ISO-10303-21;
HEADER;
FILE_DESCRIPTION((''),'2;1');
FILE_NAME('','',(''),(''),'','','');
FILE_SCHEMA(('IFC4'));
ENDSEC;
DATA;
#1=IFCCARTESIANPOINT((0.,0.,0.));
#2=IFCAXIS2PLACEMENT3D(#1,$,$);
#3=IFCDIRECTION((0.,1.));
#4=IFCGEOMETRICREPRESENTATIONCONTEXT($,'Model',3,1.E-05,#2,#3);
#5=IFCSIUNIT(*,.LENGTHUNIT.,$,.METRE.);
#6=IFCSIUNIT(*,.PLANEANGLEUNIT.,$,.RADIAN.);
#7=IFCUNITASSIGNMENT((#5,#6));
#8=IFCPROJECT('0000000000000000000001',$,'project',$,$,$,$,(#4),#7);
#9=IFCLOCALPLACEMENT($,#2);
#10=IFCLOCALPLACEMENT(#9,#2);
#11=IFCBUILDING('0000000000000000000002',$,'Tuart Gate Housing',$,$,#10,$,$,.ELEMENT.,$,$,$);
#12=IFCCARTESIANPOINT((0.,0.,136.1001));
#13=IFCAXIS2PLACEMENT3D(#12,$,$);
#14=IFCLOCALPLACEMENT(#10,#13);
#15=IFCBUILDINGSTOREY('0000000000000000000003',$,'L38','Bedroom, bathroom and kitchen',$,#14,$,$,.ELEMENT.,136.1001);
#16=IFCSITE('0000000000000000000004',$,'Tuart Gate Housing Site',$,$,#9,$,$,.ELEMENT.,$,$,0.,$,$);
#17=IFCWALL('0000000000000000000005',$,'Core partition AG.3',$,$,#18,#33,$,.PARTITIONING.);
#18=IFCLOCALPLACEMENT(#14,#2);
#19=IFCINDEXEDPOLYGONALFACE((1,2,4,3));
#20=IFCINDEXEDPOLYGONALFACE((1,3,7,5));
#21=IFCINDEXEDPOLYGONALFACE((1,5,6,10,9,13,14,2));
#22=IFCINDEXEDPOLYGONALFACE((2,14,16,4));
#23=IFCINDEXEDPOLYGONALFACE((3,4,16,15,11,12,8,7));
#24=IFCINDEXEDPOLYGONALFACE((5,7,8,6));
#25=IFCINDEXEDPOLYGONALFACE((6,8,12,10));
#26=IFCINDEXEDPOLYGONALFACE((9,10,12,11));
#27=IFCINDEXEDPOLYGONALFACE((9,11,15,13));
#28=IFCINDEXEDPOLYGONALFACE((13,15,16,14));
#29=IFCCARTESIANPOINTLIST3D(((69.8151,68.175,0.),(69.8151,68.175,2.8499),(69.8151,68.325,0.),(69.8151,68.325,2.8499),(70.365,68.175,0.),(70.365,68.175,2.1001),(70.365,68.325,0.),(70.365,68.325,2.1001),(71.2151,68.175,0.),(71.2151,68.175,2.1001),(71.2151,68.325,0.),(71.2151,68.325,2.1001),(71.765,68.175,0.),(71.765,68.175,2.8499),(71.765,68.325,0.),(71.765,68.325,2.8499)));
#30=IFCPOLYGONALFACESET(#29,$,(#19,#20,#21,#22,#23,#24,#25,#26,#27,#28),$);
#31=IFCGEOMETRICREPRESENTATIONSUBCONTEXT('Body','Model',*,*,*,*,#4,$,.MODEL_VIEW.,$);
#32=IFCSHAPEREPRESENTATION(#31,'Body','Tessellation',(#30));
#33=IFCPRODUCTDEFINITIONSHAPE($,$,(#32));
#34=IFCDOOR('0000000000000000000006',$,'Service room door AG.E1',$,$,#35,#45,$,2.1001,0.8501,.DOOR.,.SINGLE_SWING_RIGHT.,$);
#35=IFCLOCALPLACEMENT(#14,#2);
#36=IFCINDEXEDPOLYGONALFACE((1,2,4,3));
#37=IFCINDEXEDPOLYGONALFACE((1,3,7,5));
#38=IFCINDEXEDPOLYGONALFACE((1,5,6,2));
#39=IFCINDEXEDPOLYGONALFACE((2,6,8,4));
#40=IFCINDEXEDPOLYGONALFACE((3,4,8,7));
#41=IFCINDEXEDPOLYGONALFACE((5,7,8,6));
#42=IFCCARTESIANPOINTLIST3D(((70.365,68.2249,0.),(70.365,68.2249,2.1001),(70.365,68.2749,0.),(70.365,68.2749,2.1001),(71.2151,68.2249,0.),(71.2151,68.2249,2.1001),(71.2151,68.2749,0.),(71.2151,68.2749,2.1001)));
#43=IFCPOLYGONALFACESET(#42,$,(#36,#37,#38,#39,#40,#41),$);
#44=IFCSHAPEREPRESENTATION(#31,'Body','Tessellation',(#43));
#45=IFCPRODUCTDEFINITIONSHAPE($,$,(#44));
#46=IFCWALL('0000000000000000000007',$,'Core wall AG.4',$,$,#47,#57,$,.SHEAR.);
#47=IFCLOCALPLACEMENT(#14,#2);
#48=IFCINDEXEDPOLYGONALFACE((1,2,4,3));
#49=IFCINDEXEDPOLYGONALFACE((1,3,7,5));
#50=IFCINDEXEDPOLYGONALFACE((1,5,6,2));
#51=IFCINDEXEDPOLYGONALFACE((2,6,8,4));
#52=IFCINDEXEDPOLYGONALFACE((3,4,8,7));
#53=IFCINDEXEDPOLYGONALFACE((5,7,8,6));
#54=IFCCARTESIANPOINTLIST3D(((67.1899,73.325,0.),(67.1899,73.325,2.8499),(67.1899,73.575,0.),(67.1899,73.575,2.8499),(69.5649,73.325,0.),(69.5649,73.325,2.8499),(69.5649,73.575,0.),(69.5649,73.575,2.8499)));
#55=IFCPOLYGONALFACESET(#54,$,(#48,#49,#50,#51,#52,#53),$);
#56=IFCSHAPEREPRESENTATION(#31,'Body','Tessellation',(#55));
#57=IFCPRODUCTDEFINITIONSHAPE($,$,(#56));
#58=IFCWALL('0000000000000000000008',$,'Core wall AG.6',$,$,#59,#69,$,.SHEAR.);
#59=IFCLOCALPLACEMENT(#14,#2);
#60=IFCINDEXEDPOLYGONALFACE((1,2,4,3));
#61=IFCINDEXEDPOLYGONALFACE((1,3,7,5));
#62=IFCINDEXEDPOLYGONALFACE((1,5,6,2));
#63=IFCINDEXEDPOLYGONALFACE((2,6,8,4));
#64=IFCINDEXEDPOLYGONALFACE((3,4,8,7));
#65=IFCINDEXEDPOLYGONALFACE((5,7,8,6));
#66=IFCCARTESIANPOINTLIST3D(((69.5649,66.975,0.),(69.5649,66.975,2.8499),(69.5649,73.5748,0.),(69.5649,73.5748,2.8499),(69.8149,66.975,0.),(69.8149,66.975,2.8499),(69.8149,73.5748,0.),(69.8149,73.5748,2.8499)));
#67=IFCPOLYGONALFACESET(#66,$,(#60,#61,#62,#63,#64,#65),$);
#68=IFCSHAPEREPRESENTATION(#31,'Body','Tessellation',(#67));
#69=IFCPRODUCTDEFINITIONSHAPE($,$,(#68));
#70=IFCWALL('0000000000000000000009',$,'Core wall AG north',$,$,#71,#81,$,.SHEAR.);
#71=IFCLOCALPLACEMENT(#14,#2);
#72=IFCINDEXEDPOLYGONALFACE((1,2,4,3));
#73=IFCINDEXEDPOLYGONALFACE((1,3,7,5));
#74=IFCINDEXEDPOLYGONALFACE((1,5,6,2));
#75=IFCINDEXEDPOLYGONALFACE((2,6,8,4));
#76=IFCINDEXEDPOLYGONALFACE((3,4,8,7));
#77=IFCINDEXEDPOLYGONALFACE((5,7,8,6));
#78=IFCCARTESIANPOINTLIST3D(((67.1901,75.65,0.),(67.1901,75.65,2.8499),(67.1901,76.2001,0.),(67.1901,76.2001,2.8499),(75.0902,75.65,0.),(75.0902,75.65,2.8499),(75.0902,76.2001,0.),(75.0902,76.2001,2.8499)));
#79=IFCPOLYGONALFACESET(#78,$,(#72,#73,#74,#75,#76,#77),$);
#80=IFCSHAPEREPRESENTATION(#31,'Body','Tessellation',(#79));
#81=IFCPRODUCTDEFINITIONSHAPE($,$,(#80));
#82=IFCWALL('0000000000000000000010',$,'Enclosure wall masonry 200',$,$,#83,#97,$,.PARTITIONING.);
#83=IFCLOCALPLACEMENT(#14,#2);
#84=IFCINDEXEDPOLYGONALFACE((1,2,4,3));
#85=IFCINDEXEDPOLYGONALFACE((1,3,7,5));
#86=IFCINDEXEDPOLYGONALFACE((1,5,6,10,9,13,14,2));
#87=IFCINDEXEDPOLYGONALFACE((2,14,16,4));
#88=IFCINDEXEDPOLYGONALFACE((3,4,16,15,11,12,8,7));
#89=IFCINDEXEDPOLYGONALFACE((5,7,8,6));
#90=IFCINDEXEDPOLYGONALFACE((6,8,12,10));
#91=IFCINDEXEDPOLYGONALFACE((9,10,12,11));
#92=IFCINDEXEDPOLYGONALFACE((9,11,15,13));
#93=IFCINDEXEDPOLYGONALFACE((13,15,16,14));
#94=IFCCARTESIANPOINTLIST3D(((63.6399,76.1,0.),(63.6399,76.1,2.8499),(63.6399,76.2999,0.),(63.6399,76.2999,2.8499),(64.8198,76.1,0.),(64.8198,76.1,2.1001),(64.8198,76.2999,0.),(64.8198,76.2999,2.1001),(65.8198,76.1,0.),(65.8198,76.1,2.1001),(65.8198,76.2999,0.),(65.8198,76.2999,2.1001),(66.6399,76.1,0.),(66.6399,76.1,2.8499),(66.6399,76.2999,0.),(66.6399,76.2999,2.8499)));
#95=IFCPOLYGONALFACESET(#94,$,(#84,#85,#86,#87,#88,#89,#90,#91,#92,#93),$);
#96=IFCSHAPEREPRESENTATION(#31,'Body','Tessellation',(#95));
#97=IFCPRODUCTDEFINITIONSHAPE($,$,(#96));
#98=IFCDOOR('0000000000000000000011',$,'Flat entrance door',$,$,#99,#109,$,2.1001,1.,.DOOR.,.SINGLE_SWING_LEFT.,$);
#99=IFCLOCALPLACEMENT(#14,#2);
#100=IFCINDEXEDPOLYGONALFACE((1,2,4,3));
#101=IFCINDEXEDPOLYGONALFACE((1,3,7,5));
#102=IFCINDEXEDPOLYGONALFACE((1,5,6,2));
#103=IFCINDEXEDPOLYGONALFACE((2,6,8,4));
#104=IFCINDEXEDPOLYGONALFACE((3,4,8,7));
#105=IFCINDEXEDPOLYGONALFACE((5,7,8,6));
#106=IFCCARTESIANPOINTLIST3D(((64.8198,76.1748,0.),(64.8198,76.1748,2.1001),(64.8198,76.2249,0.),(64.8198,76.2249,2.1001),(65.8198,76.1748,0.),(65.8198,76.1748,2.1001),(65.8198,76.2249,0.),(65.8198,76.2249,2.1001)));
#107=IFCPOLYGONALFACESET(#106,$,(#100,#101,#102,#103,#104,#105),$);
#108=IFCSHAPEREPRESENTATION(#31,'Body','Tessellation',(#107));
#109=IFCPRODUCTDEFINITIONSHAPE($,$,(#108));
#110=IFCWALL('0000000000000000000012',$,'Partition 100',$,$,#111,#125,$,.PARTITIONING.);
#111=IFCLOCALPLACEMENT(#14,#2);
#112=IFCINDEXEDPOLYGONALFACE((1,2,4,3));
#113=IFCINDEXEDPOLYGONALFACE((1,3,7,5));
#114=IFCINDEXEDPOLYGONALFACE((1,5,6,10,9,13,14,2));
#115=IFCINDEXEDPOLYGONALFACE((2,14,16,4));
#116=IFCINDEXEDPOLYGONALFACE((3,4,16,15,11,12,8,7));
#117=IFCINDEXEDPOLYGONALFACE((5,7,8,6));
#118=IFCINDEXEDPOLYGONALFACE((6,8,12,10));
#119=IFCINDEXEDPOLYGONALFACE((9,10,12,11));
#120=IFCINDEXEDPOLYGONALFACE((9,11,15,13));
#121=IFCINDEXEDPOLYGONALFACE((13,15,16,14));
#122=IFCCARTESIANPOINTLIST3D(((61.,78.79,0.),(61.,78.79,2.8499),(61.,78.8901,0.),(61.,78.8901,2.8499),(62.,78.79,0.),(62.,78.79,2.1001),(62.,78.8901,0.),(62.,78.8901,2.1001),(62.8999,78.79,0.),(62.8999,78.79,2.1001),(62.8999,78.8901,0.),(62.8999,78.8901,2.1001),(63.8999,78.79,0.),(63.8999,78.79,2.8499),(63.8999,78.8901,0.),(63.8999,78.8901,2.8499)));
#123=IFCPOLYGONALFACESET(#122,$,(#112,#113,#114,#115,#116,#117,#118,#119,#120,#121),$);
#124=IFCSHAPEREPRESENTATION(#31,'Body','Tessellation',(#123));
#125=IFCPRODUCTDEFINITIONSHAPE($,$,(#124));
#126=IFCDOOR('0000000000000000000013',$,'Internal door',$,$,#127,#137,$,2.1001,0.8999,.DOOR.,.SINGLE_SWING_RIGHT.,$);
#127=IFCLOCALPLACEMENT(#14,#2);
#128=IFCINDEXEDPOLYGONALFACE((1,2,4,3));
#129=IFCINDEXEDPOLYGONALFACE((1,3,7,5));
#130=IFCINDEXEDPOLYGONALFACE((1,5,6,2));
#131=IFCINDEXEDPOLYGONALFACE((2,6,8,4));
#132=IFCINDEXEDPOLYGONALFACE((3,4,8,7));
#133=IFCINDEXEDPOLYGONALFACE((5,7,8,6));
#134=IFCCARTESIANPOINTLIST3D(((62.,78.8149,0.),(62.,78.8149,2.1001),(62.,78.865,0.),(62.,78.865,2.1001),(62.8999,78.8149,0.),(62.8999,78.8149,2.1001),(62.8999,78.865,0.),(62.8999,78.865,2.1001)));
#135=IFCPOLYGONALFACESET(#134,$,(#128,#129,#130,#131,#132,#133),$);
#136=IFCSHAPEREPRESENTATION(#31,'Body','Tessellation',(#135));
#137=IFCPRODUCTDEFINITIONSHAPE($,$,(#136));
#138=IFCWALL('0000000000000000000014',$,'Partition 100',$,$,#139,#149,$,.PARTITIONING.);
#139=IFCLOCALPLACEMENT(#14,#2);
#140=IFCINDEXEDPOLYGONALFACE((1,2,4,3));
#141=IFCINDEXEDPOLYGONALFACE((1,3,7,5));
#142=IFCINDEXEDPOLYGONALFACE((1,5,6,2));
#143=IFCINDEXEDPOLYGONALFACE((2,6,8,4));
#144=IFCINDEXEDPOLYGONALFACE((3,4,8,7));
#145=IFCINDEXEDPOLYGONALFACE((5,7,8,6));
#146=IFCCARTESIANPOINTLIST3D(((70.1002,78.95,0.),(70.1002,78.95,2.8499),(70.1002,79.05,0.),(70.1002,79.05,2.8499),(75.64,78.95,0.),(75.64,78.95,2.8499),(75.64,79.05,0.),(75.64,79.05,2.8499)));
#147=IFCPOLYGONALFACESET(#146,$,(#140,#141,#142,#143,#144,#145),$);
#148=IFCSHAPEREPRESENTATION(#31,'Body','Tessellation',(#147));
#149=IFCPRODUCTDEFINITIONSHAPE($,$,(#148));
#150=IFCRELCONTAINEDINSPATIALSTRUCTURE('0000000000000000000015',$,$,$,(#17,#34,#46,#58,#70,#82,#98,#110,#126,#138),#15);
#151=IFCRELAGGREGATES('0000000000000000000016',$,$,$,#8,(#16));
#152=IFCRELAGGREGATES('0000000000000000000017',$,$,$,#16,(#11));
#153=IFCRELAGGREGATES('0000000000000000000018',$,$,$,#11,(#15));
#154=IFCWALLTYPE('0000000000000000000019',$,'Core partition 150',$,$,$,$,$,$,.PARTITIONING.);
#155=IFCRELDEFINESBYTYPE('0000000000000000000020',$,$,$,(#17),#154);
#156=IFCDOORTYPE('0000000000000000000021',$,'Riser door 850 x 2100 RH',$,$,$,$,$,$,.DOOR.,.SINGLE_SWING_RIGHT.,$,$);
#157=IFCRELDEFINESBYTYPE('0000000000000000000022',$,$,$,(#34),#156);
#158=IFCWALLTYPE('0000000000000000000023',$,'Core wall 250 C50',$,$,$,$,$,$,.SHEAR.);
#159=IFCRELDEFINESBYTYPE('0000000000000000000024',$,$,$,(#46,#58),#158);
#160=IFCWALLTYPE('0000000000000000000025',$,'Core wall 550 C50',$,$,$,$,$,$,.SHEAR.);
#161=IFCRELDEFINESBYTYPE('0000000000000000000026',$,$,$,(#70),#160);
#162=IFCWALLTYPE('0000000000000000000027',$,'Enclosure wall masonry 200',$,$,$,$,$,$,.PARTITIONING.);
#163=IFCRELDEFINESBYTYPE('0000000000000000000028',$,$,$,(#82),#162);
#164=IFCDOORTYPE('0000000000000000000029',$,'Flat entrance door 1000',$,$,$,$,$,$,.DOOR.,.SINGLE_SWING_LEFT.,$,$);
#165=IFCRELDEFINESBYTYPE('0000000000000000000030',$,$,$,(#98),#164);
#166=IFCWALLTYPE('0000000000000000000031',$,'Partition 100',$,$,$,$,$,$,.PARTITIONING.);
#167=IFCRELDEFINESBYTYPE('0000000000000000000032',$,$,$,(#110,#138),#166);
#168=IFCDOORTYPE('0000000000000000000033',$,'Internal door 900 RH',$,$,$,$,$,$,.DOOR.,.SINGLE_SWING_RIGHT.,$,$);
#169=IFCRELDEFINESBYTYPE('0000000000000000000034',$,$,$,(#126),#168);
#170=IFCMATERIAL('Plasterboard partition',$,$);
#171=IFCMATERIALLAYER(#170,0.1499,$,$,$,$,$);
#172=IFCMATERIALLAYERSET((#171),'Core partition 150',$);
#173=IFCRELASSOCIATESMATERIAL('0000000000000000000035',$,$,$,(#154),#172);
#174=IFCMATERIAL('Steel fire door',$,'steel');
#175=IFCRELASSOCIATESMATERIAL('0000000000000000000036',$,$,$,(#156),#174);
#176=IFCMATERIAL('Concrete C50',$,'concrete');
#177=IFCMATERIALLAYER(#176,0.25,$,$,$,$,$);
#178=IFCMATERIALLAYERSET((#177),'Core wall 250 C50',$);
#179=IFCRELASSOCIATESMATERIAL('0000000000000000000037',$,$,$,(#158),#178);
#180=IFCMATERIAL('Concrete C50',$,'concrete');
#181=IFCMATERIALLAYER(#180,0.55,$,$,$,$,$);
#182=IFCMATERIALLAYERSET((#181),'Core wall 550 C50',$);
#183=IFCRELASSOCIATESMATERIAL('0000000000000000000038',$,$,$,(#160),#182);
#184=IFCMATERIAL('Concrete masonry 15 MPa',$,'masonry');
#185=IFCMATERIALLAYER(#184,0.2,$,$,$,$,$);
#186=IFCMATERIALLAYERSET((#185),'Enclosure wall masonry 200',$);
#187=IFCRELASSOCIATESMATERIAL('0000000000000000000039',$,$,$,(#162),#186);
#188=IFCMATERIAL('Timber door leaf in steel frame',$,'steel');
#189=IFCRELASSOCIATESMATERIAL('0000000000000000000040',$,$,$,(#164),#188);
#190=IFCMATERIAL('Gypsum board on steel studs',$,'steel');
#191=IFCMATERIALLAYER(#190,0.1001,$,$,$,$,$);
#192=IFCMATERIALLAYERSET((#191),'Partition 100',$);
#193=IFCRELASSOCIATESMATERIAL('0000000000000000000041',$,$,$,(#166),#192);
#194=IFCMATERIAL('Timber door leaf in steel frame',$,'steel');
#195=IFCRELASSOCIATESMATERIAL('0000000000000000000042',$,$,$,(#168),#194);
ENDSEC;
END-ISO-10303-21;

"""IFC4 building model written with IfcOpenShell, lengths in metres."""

from ifc_helpers import new_model, si_unit, direction, frame, frame_2d, origin, place, context, subcontext, project, spatial, rectangle, extrude, material, layer, layer_set, type_object, element, fill, save


model = new_model("IFC4")

# Units and contexts
model_context = context("Model", 3, precision=1e-05, world=origin(), true_north=direction((0.0, 1.0)))
body_context = subcontext(model_context, "Body", "Model", "MODEL_VIEW")
ifc_project = project(units=[si_unit("LENGTHUNIT", "METRE"), si_unit("PLANEANGLEUNIT", "RADIAN")], contexts=[model_context])

# Site, building, storey
site_placement = place(None, origin())
site = spatial("IfcSite", under=ifc_project, at=site_placement, Name="Tuart Gate Housing Site", CompositionType="ELEMENT", RefElevation=0.0)
building_placement = place(site_placement, origin())
building = spatial("IfcBuilding", under=site, at=building_placement, Name="Tuart Gate Housing", CompositionType="ELEMENT")
storey_placement = place(building_placement, frame((0.0, 0.0, 136.1001)))
storey = spatial("IfcBuildingStorey", under=building, at=storey_placement, Name="L38", Description="Bedroom, bathroom and kitchen", CompositionType="ELEMENT", Elevation=136.1001)

# Wall, opening, door
ifc_material_1 = material(Name="Plasterboard partition")
ifc_layer_1 = layer(ifc_material_1, 0.1499)
ifc_layer_set_1 = layer_set([ifc_layer_1], Name="Core partition 150")
wall_type_1 = type_object("IfcWallType", Name="Core partition 150", PredefinedType="PARTITIONING", material=ifc_layer_set_1)
wall_1_placement = place(storey_placement, frame((69.8149, 68.25, 0.0), z_axis=(0.0, 0.0, 1.0), x_axis=(1.0, 0.0, 0.0)))
wall_1 = element("IfcWall", 1, at=wall_1_placement, inside=storey, type_object=wall_type_1, Name="Core partition AG.3", PredefinedType="PARTITIONING", context=body_context, shape_type="SweptSolid", body=[
    extrude(rectangle(XDim=1.95, YDim=0.1499, at=frame_2d((0.9751, 0.0))), origin(), (0.0, 0.0, 1.0), 2.8499),
])
opening_1_placement = place(wall_1_placement, frame((0.55, 0.0, 0.0)))
opening_1 = element("IfcOpeningElement", 2, at=opening_1_placement, cuts=wall_1, PredefinedType="OPENING", context=body_context, shape_type="SweptSolid", body=[
    extrude(rectangle(XDim=0.8501, YDim=2.1001, at=frame_2d((0.425, 1.05))), frame((0.0, 0.085, 0.0), z_axis=(0.0, -1.0, 0.0), x_axis=(1.0, 0.0, 0.0)), (0.0, 0.0, 1.0), 0.1699),
])
ifc_material_2 = material(Name="Steel fire door", Category="steel")
door_type_1 = type_object("IfcDoorType", Name="Riser door 850 x 2100 RH", OperationType="SINGLE_SWING_RIGHT", PredefinedType="DOOR", material=ifc_material_2)
door_1_placement = place(opening_1_placement, frame((0.8501, 0.0, 0.0), z_axis=(0.0, 0.0, 1.0), x_axis=(-1.0, 0.0, 0.0)))
door_1 = element("IfcDoor", 3, at=door_1_placement, inside=storey, type_object=door_type_1, Name="Service room door AG.E1", OperationType="SINGLE_SWING_RIGHT", OverallHeight=2.1001, OverallWidth=0.8501, PredefinedType="DOOR", context=body_context, shape_type="SweptSolid", body=[
    extrude(rectangle(XDim=0.8501, YDim=2.1001, at=frame_2d((0.425, 1.05))), frame((0.0, 0.0251, 0.0), z_axis=(0.0, -1.0, 0.0), x_axis=(1.0, 0.0, 0.0)), (0.0, 0.0, 1.0), 0.05),
])
fill(opening_1, door_1)

# Walls
ifc_material_3 = material(Name="Concrete C50", Category="concrete")
ifc_layer_2 = layer(ifc_material_3, 0.25)
ifc_layer_set_2 = layer_set([ifc_layer_2], Name="Core wall 250 C50")
wall_type_2 = type_object("IfcWallType", Name="Core wall 250 C50", PredefinedType="SHEAR", material=ifc_layer_set_2)
wall_2_placement = place(storey_placement, frame((67.1899, 73.45, 0.0), z_axis=(0.0, 0.0, 1.0), x_axis=(1.0, 0.0, 0.0)))
element("IfcWall", 4, at=wall_2_placement, inside=storey, type_object=wall_type_2, Name="Core wall AG.4", PredefinedType="SHEAR", context=body_context, shape_type="SweptSolid", body=[
    extrude(rectangle(XDim=2.375, YDim=0.25, at=frame_2d((1.1875, 0.0))), origin(), (0.0, 0.0, 1.0), 2.8499),
])
wall_3_placement = place(storey_placement, frame((69.6899, 66.9751, 0.0), z_axis=(0.0, 0.0, 1.0), x_axis=(0.0, 1.0, 0.0)))
element("IfcWall", 5, at=wall_3_placement, inside=storey, type_object=wall_type_2, Name="Core wall AG.6", PredefinedType="SHEAR", context=body_context, shape_type="SweptSolid", body=[
    extrude(rectangle(XDim=6.5999, YDim=0.25, at=frame_2d((3.2998, 0.0))), origin(), (0.0, 0.0, 1.0), 2.8499),
])
ifc_material_4 = material(Name="Concrete C50", Category="concrete")
ifc_layer_3 = layer(ifc_material_4, 0.55)
ifc_layer_set_3 = layer_set([ifc_layer_3], Name="Core wall 550 C50")
wall_type_3 = type_object("IfcWallType", Name="Core wall 550 C50", PredefinedType="SHEAR", material=ifc_layer_set_3)
wall_4_placement = place(storey_placement, frame((67.1899, 75.925, 0.0), z_axis=(0.0, 0.0, 1.0), x_axis=(1.0, 0.0, 0.0)))
element("IfcWall", 6, at=wall_4_placement, inside=storey, type_object=wall_type_3, Name="Core wall AG north", PredefinedType="SHEAR", context=body_context, shape_type="SweptSolid", body=[
    extrude(rectangle(XDim=7.9001, YDim=0.55, at=frame_2d((3.9502, 0.0))), origin(), (0.0, 0.0, 1.0), 2.8499),
])

# Walls, openings, doors
ifc_material_5 = material(Name="Concrete masonry 15 MPa", Category="masonry")
ifc_layer_4 = layer(ifc_material_5, 0.2)
ifc_layer_set_4 = layer_set([ifc_layer_4], Name="Enclosure wall masonry 200")
wall_type_4 = type_object("IfcWallType", Name="Enclosure wall masonry 200", PredefinedType="PARTITIONING", material=ifc_layer_set_4)
wall_5_placement = place(storey_placement, frame((63.6399, 76.2, 0.0), z_axis=(0.0, 0.0, 1.0), x_axis=(1.0, 0.0, 0.0)))
wall_5 = element("IfcWall", 7, at=wall_5_placement, inside=storey, type_object=wall_type_4, Name="Enclosure wall masonry 200", PredefinedType="PARTITIONING", context=body_context, shape_type="SweptSolid", body=[
    extrude(rectangle(XDim=3.0, YDim=0.2, at=frame_2d((1.5, 0.0))), origin(), (0.0, 0.0, 1.0), 2.8499),
])
opening_2_placement = place(wall_5_placement, frame((1.1799, 0.0, 0.0)))
opening_2 = element("IfcOpeningElement", 8, at=opening_2_placement, cuts=wall_5, PredefinedType="OPENING", context=body_context, shape_type="SweptSolid", body=[
    extrude(rectangle(XDim=1.0, YDim=2.1001, at=frame_2d((0.5, 1.05))), frame((0.0, 0.1099, 0.0), z_axis=(0.0, -1.0, 0.0), x_axis=(1.0, 0.0, 0.0)), (0.0, 0.0, 1.0), 0.22),
])
ifc_material_6 = material(Name="Timber door leaf in steel frame", Category="steel")
door_type_2 = type_object("IfcDoorType", Name="Flat entrance door 1000", OperationType="SINGLE_SWING_LEFT", PredefinedType="DOOR", material=ifc_material_6)
door_2_placement = place(opening_2_placement, origin())
door_2 = element("IfcDoor", 9, at=door_2_placement, inside=storey, type_object=door_type_2, Name="Flat entrance door", OperationType="SINGLE_SWING_LEFT", OverallHeight=2.1001, OverallWidth=1.0, PredefinedType="DOOR", context=body_context, shape_type="SweptSolid", body=[
    extrude(rectangle(XDim=1.0, YDim=2.1001, at=frame_2d((0.5, 1.05))), frame((0.0, 0.0249, 0.0), z_axis=(0.0, -1.0, 0.0), x_axis=(1.0, 0.0, 0.0)), (0.0, 0.0, 1.0), 0.05),
])
fill(opening_2, door_2)
ifc_material_7 = material(Name="Gypsum board on steel studs", Category="steel")
ifc_layer_5 = layer(ifc_material_7, 0.1001)
ifc_layer_set_5 = layer_set([ifc_layer_5], Name="Partition 100")
wall_type_5 = type_object("IfcWallType", Name="Partition 100", PredefinedType="PARTITIONING", material=ifc_layer_set_5)
wall_6_placement = place(storey_placement, frame((61.0, 78.8401, 0.0), z_axis=(0.0, 0.0, 1.0), x_axis=(1.0, 0.0, 0.0)))
wall_6 = element("IfcWall", 10, at=wall_6_placement, inside=storey, type_object=wall_type_5, Name="Partition 100", PredefinedType="PARTITIONING", context=body_context, shape_type="SweptSolid", body=[
    extrude(rectangle(XDim=2.8999, YDim=0.1001, at=frame_2d((1.45, 0.0))), origin(), (0.0, 0.0, 1.0), 2.8499),
])
opening_3_placement = place(wall_6_placement, frame((1.0, 0.0, 0.0)))
opening_3 = element("IfcOpeningElement", 11, at=opening_3_placement, cuts=wall_6, PredefinedType="OPENING", context=body_context, shape_type="SweptSolid", body=[
    extrude(rectangle(XDim=0.8999, YDim=2.1001, at=frame_2d((0.45, 1.05))), frame((0.0, 0.0601, 0.0), z_axis=(0.0, -1.0, 0.0), x_axis=(1.0, 0.0, 0.0)), (0.0, 0.0, 1.0), 0.1201),
])
ifc_material_8 = material(Name="Timber door leaf in steel frame", Category="steel")
door_type_3 = type_object("IfcDoorType", Name="Internal door 900 RH", OperationType="SINGLE_SWING_RIGHT", PredefinedType="DOOR", material=ifc_material_8)
door_3_placement = place(opening_3_placement, frame((0.8999, 0.0, 0.0), z_axis=(0.0, 0.0, 1.0), x_axis=(-1.0, 0.0, 0.0)))
door_3 = element("IfcDoor", 12, at=door_3_placement, inside=storey, type_object=door_type_3, Name="Internal door", OperationType="SINGLE_SWING_RIGHT", OverallHeight=2.1001, OverallWidth=0.8999, PredefinedType="DOOR", context=body_context, shape_type="SweptSolid", body=[
    extrude(rectangle(XDim=0.8999, YDim=2.1001, at=frame_2d((0.45, 1.05))), frame((0.0, 0.0251, 0.0), z_axis=(0.0, -1.0, 0.0), x_axis=(1.0, 0.0, 0.0)), (0.0, 0.0, 1.0), 0.05),
])
fill(opening_3, door_3)

# Wall
wall_7_placement = place(storey_placement, frame((70.1001, 79.0, 0.0), z_axis=(0.0, 0.0, 1.0), x_axis=(1.0, 0.0, 0.0)))
element("IfcWall", 13, at=wall_7_placement, inside=storey, type_object=wall_type_5, Name="Partition 100", PredefinedType="PARTITIONING", context=body_context, shape_type="SweptSolid", body=[
    extrude(rectangle(XDim=5.5398, YDim=0.1001, at=frame_2d((2.77, 0.0))), origin(), (0.0, 0.0, 1.0), 2.8499),
])

save(model, "model.ifc")
